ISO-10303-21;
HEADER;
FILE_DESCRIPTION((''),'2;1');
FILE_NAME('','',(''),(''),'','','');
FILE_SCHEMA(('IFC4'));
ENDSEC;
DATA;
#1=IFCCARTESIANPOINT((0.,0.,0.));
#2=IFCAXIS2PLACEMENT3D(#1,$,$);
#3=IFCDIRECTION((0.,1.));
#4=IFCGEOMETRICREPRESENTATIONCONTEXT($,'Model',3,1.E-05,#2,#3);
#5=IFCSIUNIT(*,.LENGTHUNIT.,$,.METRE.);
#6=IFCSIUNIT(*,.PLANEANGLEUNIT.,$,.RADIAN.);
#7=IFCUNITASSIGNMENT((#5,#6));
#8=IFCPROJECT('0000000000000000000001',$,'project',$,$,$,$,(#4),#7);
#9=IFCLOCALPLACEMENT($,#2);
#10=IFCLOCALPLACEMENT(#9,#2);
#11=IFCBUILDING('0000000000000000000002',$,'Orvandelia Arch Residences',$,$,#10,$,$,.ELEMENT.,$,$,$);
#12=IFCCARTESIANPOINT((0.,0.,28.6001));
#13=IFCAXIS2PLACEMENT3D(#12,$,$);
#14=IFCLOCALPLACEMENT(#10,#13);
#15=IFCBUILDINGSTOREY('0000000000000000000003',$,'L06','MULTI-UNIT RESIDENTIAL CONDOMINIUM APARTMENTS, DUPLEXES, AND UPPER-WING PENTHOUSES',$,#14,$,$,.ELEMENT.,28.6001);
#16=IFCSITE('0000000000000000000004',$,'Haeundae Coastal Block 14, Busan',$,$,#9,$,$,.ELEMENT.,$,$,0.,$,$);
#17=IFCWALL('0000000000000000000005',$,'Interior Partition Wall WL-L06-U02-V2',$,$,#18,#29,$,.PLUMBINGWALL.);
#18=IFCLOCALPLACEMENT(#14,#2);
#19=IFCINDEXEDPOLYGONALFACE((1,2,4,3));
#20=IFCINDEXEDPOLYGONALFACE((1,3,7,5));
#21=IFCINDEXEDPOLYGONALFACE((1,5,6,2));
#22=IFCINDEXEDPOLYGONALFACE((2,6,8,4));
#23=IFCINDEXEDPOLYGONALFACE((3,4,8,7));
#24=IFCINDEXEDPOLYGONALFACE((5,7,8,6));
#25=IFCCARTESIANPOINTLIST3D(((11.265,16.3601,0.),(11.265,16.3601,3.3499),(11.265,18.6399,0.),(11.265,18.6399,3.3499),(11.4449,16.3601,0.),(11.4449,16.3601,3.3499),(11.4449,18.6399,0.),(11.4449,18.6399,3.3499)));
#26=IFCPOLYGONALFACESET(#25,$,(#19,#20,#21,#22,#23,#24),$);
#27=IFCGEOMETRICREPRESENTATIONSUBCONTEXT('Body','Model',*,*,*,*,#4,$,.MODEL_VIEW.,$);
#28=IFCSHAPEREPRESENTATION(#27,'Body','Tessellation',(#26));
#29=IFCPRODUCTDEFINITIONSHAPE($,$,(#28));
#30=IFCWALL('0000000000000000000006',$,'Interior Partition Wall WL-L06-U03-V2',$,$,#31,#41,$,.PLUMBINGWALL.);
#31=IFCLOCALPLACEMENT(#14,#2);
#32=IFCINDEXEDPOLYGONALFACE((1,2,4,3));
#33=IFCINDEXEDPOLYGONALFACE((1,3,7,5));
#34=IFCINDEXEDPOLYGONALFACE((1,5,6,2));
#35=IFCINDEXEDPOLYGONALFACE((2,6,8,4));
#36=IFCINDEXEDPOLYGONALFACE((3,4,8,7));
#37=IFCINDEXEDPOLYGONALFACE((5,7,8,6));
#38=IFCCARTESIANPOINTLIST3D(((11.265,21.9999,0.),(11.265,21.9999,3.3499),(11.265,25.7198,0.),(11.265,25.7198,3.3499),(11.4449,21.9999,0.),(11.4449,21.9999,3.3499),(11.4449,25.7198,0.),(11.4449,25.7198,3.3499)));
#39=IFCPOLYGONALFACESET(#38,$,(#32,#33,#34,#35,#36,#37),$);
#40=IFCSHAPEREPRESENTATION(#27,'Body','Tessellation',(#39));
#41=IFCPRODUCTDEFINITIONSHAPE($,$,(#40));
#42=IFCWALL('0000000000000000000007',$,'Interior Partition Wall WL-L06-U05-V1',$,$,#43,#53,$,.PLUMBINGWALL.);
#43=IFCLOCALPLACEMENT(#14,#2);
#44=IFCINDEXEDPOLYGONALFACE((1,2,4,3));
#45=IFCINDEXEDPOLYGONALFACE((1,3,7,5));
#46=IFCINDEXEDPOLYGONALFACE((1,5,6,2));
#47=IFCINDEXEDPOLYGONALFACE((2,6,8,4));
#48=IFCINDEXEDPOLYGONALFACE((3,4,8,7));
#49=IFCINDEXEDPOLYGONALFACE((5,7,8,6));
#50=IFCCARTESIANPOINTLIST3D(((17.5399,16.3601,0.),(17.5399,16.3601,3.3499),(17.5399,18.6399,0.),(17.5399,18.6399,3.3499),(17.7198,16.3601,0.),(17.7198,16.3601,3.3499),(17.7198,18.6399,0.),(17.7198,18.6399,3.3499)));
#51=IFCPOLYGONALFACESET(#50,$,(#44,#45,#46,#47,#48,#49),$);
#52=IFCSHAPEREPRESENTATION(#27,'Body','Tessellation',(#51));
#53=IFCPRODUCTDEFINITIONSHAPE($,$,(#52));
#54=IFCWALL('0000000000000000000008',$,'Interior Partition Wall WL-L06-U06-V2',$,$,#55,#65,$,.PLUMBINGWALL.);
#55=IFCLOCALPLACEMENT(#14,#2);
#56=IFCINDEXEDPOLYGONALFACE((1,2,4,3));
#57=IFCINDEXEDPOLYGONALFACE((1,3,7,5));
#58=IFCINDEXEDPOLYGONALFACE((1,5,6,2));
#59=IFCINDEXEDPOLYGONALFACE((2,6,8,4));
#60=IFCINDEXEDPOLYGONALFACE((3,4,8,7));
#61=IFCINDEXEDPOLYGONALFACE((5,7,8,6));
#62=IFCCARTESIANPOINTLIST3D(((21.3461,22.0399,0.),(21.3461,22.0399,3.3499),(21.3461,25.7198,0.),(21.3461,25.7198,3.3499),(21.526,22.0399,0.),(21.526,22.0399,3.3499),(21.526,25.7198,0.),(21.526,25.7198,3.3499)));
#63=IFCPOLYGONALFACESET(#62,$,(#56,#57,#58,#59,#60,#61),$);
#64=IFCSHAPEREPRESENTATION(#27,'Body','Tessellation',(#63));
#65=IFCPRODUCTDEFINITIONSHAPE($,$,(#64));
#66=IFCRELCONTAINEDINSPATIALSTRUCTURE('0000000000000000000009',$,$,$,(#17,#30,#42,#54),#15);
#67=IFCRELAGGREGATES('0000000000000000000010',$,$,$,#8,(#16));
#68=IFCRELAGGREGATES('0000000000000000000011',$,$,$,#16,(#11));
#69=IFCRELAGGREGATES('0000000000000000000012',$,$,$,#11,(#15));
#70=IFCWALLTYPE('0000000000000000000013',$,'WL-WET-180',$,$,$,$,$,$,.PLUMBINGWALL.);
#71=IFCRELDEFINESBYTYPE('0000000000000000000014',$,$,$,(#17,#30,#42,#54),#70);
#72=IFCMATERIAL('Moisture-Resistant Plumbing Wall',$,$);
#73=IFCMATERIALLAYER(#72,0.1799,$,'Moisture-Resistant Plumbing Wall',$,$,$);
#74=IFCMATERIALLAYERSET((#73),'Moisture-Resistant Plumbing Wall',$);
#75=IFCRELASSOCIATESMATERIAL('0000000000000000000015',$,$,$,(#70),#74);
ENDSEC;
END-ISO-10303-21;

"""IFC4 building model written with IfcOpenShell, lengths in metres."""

from ifc_helpers import new_model, si_unit, direction, frame, frame_2d, origin, place, context, subcontext, project, spatial, rectangle, extrude, material, layer, layer_set, type_object, element, save


model = new_model("IFC4")

# Units and contexts
model_context = context("Model", 3, precision=1e-05, world=origin(), true_north=direction((0.0, 1.0)))
body_context = subcontext(model_context, "Body", "Model", "MODEL_VIEW")
ifc_project = project(units=[si_unit("LENGTHUNIT", "METRE"), si_unit("PLANEANGLEUNIT", "RADIAN")], contexts=[model_context])

# Site, building, storey
site_placement = place(None, origin())
site = spatial("IfcSite", under=ifc_project, at=site_placement, Name="Haeundae Coastal Block 14, Busan", CompositionType="ELEMENT", RefElevation=0.0)
building_placement = place(site_placement, origin())
building = spatial("IfcBuilding", under=site, at=building_placement, Name="Orvandelia Arch Residences", CompositionType="ELEMENT")
storey_placement = place(building_placement, frame((0.0, 0.0, 28.6001)))
storey = spatial("IfcBuildingStorey", under=building, at=storey_placement, Name="L06", Description="MULTI-UNIT RESIDENTIAL CONDOMINIUM APARTMENTS, DUPLEXES, AND UPPER-WING PENTHOUSES", CompositionType="ELEMENT", Elevation=28.6001)

# Walls
ifc_material_1 = material(Name="Moisture-Resistant Plumbing Wall")
ifc_layer_1 = layer(ifc_material_1, 0.1799, Name="Moisture-Resistant Plumbing Wall")
ifc_layer_set_1 = layer_set([ifc_layer_1], Name="Moisture-Resistant Plumbing Wall")
wall_type_1 = type_object("IfcWallType", Name="WL-WET-180", PredefinedType="PLUMBINGWALL", material=ifc_layer_set_1)
wall_1_placement = place(storey_placement, frame((11.355, 16.3601, 0.0), z_axis=(0.0, 0.0, 1.0), x_axis=(0.0, 1.0, 0.0)))
element("IfcWall", 1, at=wall_1_placement, inside=storey, type_object=wall_type_1, Name="Interior Partition Wall WL-L06-U02-V2", PredefinedType="PLUMBINGWALL", context=body_context, shape_type="SweptSolid", body=[
    extrude(rectangle(XDim=2.2798, YDim=0.1799, at=frame_2d((1.1399, 0.0))), origin(), (0.0, 0.0, 1.0), 3.3499),
])
wall_2_placement = place(storey_placement, frame((11.355, 22.0, 0.0), z_axis=(0.0, 0.0, 1.0), x_axis=(0.0, 1.0, 0.0)))
element("IfcWall", 2, at=wall_2_placement, inside=storey, type_object=wall_type_1, Name="Interior Partition Wall WL-L06-U03-V2", PredefinedType="PLUMBINGWALL", context=body_context, shape_type="SweptSolid", body=[
    extrude(rectangle(XDim=3.72, YDim=0.1799, at=frame_2d((1.8599, 0.0))), origin(), (0.0, 0.0, 1.0), 3.3499),
])

# Wall
wall_3_placement = place(storey_placement, frame((17.6299, 16.3601, 0.0), z_axis=(0.0, 0.0, 1.0), x_axis=(0.0, 1.0, 0.0)))
element("IfcWall", 3, at=wall_3_placement, inside=storey, type_object=wall_type_1, Name="Interior Partition Wall WL-L06-U05-V1", PredefinedType="PLUMBINGWALL", context=body_context, shape_type="SweptSolid", body=[
    extrude(rectangle(XDim=2.2798, YDim=0.1799, at=frame_2d((1.1399, 0.0))), origin(), (0.0, 0.0, 1.0), 3.3499),
])

# Wall
wall_4_placement = place(storey_placement, frame((21.436, 22.04, 0.0), z_axis=(0.0, 0.0, 1.0), x_axis=(0.0, 1.0, 0.0)))
element("IfcWall", 4, at=wall_4_placement, inside=storey, type_object=wall_type_1, Name="Interior Partition Wall WL-L06-U06-V2", PredefinedType="PLUMBINGWALL", context=body_context, shape_type="SweptSolid", body=[
    extrude(rectangle(XDim=3.6799, YDim=0.1799, at=frame_2d((1.8398, 0.0))), origin(), (0.0, 0.0, 1.0), 3.3499),
])

save(model, "model.ifc")
